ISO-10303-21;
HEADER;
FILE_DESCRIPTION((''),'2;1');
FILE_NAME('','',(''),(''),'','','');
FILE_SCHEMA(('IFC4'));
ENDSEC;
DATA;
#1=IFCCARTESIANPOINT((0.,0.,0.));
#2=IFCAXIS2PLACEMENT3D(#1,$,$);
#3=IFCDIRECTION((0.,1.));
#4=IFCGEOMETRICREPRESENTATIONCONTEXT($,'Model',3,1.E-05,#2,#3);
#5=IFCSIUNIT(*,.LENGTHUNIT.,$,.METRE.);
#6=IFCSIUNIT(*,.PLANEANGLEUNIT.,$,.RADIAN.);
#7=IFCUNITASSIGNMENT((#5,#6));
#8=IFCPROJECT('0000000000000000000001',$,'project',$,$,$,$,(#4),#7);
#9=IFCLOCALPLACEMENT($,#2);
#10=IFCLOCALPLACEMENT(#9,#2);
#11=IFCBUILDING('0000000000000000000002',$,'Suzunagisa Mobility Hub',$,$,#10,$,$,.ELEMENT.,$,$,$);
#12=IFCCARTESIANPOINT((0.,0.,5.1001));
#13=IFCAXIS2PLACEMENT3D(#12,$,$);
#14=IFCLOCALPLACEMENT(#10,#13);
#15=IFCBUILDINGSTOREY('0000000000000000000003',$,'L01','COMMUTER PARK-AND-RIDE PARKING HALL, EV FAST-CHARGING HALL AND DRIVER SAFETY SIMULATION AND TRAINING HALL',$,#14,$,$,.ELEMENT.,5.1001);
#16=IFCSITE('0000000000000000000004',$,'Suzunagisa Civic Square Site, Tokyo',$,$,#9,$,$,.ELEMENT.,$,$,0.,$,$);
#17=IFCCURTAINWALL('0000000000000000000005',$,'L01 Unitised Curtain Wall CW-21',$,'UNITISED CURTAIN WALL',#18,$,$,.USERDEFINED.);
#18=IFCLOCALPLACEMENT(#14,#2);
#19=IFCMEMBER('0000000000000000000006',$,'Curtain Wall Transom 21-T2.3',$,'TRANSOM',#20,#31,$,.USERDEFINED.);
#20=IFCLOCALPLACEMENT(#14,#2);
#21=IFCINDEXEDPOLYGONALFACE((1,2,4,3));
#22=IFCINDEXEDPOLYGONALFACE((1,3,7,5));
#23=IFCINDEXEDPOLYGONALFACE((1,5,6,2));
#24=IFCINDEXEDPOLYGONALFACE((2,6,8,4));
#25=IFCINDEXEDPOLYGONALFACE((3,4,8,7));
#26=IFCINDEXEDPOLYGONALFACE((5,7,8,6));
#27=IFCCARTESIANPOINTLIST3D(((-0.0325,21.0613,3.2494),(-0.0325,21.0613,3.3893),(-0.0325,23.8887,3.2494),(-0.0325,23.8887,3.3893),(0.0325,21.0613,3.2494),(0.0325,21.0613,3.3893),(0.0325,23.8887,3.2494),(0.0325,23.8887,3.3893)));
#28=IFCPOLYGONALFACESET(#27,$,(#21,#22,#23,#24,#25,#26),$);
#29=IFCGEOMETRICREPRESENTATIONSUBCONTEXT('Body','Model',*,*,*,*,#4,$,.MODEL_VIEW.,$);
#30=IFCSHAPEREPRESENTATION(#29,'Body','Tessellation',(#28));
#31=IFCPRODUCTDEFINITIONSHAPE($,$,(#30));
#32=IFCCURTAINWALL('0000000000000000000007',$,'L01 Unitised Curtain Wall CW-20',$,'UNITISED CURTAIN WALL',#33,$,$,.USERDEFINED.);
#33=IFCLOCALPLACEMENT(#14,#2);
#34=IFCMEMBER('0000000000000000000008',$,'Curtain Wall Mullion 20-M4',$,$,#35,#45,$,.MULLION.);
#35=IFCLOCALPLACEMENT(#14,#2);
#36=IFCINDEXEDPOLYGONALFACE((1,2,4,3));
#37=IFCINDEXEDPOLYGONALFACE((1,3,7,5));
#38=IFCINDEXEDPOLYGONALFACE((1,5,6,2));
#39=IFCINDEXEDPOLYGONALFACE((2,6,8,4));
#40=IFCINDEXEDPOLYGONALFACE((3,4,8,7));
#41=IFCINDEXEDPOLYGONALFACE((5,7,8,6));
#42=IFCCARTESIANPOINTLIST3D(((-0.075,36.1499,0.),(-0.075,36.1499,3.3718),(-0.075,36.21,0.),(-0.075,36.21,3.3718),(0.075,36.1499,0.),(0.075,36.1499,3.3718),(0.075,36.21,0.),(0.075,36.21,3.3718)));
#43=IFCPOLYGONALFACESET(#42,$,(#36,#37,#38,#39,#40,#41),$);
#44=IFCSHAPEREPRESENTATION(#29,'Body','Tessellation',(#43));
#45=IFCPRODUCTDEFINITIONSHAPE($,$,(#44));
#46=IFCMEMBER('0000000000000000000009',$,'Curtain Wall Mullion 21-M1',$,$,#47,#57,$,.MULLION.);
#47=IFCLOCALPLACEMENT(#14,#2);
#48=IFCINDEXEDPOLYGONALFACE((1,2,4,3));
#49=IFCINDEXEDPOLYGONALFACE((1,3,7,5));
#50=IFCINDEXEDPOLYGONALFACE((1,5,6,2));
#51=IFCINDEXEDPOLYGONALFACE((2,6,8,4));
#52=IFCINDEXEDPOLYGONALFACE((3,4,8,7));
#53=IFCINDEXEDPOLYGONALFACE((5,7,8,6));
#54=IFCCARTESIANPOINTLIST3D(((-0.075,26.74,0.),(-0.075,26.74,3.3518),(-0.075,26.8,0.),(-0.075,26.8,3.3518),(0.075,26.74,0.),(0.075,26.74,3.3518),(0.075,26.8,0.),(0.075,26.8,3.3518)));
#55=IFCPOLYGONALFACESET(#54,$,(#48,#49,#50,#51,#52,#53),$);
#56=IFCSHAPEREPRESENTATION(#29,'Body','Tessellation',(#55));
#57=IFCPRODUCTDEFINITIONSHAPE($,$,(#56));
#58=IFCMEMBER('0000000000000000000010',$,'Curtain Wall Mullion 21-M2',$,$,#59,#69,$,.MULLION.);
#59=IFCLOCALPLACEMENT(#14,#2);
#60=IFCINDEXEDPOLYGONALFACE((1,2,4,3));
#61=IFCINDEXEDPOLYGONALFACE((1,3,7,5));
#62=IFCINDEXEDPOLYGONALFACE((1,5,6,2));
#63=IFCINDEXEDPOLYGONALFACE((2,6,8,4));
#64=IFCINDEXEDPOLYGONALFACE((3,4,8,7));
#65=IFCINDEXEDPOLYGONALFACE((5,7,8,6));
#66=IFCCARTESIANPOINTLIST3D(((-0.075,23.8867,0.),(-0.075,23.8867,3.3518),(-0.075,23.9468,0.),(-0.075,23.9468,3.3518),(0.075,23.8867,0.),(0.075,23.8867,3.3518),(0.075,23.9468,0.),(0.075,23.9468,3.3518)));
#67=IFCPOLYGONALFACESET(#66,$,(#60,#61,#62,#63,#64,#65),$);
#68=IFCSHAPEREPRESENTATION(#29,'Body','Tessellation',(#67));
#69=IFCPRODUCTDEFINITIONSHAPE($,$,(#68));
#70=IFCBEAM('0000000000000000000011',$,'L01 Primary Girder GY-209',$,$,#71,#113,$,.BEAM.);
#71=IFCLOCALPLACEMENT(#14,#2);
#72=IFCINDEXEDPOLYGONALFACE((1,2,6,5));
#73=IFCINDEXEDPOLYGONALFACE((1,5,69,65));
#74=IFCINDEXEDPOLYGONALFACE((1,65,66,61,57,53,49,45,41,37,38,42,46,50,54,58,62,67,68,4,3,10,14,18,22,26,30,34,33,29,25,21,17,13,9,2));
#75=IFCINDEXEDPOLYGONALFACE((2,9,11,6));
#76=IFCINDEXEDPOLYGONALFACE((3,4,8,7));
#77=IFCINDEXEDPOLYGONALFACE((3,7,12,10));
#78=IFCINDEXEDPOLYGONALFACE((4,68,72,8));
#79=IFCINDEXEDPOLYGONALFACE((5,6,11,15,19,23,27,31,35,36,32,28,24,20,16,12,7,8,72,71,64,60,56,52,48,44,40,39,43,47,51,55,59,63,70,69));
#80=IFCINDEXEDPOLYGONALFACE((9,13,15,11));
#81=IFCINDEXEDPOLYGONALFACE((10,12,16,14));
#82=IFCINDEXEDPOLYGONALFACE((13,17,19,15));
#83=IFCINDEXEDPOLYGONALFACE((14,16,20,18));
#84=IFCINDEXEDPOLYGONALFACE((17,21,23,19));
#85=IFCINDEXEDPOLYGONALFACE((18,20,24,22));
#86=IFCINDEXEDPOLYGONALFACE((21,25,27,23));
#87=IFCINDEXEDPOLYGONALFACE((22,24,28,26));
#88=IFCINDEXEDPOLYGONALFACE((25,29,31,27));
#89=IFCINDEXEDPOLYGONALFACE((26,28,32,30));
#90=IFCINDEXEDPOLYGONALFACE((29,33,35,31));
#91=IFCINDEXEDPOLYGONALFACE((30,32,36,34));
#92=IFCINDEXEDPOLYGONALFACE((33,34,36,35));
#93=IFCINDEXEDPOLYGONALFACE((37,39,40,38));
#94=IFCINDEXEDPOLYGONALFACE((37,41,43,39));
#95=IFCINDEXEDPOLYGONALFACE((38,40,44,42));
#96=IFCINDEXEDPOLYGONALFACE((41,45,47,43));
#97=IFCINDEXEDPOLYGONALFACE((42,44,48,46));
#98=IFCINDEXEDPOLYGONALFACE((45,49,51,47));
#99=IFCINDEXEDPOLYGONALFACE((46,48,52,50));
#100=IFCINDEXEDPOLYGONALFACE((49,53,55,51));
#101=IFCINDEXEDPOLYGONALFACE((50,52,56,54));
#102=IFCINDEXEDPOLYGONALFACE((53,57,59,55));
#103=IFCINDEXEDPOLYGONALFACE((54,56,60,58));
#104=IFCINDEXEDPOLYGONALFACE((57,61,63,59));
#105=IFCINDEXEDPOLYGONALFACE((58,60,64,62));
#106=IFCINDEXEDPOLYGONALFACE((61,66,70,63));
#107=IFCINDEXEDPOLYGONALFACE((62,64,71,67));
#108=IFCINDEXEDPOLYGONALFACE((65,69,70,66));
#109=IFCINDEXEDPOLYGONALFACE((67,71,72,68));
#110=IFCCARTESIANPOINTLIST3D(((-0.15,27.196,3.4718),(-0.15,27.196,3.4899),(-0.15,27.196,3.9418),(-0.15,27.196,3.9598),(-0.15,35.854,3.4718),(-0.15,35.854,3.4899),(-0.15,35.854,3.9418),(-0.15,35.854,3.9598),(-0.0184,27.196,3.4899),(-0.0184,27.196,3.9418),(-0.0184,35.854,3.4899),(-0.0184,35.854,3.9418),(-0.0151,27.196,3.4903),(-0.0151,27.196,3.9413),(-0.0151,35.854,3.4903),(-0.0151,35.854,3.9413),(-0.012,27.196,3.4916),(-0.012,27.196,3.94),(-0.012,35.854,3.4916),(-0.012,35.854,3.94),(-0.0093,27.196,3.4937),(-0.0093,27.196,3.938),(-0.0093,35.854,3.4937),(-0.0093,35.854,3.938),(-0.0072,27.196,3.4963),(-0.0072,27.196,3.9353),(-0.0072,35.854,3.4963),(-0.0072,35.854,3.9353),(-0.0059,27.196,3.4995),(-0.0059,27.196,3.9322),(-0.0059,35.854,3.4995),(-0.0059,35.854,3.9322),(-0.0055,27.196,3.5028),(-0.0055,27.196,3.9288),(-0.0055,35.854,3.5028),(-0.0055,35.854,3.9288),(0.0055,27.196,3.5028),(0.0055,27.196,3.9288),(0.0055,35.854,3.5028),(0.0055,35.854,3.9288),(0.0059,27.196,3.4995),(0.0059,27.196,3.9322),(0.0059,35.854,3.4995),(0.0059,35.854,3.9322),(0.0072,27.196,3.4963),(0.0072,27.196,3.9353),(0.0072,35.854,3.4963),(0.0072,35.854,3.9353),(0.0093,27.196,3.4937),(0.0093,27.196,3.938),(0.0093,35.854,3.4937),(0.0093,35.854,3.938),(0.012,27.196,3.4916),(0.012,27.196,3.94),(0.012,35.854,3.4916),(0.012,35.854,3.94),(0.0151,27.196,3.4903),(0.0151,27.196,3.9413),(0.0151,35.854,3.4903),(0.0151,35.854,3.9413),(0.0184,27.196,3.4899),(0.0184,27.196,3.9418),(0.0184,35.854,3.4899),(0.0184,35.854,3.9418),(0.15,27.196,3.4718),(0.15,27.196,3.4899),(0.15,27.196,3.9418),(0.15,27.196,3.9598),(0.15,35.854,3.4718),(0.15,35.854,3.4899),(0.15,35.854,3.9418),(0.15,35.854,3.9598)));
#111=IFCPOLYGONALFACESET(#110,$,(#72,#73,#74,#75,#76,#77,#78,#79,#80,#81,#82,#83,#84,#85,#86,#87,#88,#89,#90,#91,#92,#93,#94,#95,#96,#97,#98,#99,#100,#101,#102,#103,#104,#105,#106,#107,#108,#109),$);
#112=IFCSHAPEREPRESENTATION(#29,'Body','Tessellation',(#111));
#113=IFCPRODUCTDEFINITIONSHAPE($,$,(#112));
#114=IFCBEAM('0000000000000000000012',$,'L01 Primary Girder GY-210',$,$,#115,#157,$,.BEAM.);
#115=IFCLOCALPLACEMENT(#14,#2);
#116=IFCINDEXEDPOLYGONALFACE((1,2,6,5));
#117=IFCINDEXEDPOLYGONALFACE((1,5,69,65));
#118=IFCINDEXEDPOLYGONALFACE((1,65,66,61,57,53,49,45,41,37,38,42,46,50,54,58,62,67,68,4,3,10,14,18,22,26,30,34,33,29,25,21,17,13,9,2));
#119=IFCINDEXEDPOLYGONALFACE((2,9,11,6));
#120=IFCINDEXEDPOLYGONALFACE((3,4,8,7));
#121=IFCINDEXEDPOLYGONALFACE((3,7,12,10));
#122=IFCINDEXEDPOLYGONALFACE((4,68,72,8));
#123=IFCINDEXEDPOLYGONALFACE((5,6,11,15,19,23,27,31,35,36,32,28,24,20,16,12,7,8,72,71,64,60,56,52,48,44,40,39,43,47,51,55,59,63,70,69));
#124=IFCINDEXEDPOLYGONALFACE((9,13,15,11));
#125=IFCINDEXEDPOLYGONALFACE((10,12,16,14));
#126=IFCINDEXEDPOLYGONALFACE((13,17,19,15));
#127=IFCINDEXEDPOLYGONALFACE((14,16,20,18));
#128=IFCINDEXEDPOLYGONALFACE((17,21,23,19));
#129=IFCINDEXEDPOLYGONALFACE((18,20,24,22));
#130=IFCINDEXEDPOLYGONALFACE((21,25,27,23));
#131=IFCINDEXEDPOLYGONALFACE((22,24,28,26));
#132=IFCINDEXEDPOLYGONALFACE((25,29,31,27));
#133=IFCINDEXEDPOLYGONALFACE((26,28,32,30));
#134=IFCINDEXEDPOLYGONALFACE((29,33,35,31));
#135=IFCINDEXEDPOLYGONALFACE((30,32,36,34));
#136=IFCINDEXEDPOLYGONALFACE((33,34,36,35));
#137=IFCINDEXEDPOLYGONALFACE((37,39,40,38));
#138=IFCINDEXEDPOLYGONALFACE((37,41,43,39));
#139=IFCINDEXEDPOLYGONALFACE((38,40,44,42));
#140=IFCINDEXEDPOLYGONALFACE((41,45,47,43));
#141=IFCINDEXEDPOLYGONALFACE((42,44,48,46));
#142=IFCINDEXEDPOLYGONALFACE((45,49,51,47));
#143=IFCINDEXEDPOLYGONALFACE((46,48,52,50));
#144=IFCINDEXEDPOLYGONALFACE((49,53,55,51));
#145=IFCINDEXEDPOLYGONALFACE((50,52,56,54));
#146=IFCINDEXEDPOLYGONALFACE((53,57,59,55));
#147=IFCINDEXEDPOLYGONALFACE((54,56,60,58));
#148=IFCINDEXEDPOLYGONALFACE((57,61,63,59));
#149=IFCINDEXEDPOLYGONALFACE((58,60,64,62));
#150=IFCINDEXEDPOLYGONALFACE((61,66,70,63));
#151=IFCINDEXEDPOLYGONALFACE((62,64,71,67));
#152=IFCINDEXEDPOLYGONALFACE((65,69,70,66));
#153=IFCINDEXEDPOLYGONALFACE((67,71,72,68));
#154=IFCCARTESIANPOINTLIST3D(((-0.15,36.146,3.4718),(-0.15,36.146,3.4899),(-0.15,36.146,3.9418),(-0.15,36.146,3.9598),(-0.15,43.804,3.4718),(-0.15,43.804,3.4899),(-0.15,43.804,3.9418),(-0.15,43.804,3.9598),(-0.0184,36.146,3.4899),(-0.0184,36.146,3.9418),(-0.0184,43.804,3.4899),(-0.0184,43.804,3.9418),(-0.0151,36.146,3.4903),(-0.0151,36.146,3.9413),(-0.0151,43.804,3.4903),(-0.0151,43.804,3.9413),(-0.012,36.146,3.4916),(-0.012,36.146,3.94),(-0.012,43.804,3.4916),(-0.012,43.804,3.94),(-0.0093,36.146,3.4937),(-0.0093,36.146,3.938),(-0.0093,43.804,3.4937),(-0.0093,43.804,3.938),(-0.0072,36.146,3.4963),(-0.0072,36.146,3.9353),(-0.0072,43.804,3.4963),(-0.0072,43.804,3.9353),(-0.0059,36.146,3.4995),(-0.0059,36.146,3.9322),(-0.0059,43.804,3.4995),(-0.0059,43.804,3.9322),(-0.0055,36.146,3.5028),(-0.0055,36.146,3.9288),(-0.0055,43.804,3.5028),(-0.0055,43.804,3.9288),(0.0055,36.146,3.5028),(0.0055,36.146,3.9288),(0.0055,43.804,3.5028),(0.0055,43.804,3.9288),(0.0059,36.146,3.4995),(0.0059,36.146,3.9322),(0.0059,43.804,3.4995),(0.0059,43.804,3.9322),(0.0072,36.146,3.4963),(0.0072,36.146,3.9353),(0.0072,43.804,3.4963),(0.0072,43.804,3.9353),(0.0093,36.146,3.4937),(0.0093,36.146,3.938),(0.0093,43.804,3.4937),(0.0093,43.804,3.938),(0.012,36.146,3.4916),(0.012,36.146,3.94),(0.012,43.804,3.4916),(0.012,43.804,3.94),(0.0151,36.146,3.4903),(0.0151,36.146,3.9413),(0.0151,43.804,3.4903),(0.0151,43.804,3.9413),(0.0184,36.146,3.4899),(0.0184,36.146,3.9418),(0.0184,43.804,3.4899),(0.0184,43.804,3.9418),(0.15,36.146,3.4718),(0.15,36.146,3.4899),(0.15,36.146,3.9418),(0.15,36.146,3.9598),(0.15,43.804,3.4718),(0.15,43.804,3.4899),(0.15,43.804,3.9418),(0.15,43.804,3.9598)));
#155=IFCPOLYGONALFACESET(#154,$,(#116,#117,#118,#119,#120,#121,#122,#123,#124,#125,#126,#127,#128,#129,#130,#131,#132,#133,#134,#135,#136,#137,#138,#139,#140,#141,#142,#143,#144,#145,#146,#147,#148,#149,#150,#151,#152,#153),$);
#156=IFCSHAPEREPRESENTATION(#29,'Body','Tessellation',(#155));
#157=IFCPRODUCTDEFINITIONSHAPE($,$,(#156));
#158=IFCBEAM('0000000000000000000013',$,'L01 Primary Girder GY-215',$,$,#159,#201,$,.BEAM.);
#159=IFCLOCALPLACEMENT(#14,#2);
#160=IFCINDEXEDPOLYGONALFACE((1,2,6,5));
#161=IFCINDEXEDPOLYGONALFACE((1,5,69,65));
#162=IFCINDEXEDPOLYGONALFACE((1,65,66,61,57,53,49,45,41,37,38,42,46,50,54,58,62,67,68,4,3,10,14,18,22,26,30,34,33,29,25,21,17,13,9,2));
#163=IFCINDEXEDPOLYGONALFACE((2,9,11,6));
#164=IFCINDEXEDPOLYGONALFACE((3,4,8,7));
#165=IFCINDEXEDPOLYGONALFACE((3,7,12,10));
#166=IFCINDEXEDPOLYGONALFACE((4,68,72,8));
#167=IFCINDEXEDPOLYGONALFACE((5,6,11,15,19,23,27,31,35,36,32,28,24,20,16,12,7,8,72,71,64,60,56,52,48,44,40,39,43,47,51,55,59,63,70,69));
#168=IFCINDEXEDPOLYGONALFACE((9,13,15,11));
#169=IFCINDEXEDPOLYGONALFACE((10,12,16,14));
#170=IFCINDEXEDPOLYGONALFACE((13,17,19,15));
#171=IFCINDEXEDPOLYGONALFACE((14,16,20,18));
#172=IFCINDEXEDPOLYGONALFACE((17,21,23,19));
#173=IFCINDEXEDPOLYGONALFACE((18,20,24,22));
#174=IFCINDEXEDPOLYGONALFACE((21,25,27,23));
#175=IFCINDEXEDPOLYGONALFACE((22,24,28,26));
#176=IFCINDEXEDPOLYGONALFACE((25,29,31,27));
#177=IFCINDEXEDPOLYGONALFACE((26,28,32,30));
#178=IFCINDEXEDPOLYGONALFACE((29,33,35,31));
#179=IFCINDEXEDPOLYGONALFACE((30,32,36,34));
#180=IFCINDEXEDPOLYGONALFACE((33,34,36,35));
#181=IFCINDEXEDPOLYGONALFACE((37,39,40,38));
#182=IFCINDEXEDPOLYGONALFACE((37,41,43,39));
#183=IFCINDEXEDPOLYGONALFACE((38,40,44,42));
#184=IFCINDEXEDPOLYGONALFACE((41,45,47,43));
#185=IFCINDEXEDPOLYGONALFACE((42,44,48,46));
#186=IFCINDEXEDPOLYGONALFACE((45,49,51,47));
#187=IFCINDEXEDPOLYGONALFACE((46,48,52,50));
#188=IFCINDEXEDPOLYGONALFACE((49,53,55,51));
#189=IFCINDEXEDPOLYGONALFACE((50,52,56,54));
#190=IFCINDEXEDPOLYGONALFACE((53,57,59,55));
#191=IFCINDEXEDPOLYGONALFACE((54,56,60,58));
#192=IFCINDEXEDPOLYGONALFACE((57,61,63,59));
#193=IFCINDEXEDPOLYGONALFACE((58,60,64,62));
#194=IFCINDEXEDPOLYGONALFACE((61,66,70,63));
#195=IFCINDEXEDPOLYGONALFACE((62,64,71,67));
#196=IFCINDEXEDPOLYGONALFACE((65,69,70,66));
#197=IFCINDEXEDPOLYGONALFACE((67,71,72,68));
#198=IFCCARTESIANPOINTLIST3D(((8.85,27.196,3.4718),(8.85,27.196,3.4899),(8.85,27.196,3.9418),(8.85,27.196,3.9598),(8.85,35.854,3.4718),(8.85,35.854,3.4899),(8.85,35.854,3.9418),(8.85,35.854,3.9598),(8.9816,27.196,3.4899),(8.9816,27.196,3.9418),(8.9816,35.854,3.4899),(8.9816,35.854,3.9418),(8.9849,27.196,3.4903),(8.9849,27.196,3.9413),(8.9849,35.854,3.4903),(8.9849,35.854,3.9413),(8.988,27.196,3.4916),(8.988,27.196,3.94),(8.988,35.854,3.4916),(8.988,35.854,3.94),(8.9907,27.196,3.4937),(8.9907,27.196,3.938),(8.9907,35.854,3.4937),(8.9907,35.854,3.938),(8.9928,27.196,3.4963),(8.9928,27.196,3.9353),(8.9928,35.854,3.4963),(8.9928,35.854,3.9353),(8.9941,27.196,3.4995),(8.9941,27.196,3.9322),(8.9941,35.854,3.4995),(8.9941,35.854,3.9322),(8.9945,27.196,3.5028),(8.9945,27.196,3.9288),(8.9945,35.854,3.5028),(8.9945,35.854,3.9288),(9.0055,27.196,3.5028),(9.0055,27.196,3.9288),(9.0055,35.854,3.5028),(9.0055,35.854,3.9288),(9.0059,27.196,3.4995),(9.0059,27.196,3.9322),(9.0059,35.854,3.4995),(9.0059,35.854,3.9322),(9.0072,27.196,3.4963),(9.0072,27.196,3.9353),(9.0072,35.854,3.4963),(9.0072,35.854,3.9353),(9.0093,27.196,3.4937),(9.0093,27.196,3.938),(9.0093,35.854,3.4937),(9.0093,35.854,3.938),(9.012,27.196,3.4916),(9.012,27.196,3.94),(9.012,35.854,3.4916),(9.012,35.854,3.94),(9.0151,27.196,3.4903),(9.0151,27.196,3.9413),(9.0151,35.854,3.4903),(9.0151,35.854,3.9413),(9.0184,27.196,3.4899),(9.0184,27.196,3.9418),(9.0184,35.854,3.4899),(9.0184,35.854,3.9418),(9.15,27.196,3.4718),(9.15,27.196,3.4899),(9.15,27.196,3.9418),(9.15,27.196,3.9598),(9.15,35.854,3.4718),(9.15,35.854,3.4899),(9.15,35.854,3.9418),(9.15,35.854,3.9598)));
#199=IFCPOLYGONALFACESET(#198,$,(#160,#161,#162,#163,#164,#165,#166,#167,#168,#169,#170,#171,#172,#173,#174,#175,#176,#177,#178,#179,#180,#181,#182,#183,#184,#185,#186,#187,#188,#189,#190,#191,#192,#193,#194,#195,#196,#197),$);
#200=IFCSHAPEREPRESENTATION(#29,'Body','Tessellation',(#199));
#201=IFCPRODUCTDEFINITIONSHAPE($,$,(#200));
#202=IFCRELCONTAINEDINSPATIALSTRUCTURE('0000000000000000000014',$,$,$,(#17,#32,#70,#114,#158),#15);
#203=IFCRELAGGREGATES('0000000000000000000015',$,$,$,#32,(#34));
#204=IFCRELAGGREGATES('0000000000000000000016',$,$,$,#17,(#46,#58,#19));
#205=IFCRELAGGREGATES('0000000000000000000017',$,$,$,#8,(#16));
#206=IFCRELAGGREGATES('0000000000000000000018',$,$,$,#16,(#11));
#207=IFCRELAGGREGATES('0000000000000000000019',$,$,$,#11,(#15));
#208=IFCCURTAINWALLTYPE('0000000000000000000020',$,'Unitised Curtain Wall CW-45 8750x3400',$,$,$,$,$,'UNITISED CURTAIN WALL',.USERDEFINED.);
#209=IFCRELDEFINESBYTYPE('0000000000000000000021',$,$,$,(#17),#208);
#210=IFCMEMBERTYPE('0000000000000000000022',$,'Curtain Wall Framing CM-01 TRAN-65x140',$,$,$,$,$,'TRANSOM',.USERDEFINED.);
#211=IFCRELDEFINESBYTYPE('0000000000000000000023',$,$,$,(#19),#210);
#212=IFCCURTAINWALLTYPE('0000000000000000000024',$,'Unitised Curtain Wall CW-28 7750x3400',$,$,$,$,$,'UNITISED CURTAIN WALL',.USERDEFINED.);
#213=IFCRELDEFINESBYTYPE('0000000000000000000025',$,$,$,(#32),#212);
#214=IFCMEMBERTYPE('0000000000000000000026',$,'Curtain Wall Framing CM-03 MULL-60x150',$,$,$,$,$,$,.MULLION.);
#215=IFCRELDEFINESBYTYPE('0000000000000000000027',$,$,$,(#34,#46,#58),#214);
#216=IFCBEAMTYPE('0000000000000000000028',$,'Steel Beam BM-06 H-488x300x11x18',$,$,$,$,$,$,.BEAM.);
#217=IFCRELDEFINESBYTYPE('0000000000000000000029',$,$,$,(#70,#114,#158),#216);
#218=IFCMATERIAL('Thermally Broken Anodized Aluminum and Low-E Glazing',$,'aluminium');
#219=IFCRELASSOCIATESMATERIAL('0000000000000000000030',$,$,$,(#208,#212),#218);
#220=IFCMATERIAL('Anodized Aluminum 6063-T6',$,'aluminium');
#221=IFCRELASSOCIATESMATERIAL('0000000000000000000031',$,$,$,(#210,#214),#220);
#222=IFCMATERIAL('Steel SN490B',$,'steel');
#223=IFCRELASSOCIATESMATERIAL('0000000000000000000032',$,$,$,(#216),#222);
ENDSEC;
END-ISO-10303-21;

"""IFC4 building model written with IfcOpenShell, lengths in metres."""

from ifc_helpers import new_model, si_unit, direction, frame, origin, origin_2d, place, context, subcontext, project, spatial, rectangle, i_section, extrude, material, material_profile, profile_set, type_object, element, aggregate, save


model = new_model("IFC4")

# Units and contexts
model_context = context("Model", 3, precision=1e-05, world=origin(), true_north=direction((0.0, 1.0)))
body_context = subcontext(model_context, "Body", "Model", "MODEL_VIEW")
ifc_project = project(units=[si_unit("LENGTHUNIT", "METRE"), si_unit("PLANEANGLEUNIT", "RADIAN")], contexts=[model_context])

# Site, building, storey
site_placement = place(None, origin())
site = spatial("IfcSite", under=ifc_project, at=site_placement, Name="Suzunagisa Civic Square Site, Tokyo", CompositionType="ELEMENT", RefElevation=0.0)
building_placement = place(site_placement, origin())
building = spatial("IfcBuilding", under=site, at=building_placement, Name="Suzunagisa Mobility Hub", CompositionType="ELEMENT")
storey_placement = place(building_placement, frame((0.0, 0.0, 5.1001)))
storey = spatial("IfcBuildingStorey", under=building, at=storey_placement, Name="L01", Description="COMMUTER PARK-AND-RIDE PARKING HALL, EV FAST-CHARGING HALL AND DRIVER SAFETY SIMULATION AND TRAINING HALL", CompositionType="ELEMENT", Elevation=5.1001)

# Shared definitions
ifc_material_1 = material(Name="Steel SN490B", Category="steel")

# Curtain wall, member
ifc_material_2 = material(Name="Thermally Broken Anodized Aluminum and Low-E Glazing", Category="aluminium")
curtain_wall_type_1 = type_object("IfcCurtainWallType", Name="Unitised Curtain Wall CW-45 8750x3400", ElementType="UNITISED CURTAIN WALL", PredefinedType="USERDEFINED", material=ifc_material_2)
curtain_wall_1_placement = place(storey_placement, origin())
curtain_wall_1 = element("IfcCurtainWall", 1, at=curtain_wall_1_placement, inside=storey, type_object=curtain_wall_type_1, Name="L01 Unitised Curtain Wall CW-21", ObjectType="UNITISED CURTAIN WALL", PredefinedType="USERDEFINED")
ifc_material_3 = material(Name="Anodized Aluminum 6063-T6", Category="aluminium")
ifc_material_profile_1 = material_profile(ifc_material_3, rectangle(XDim=0.0649, YDim=0.1399, at=origin_2d()), Name="TRAN-65x140")
ifc_profile_set_1 = profile_set([ifc_material_profile_1], Name="Anodized Aluminum 6063-T6")
member_type_1 = type_object("IfcMemberType", Name="Curtain Wall Framing CM-01 TRAN-65x140", ElementType="TRANSOM", PredefinedType="USERDEFINED", material=ifc_profile_set_1)
member_1_placement = place(storey_placement, frame((0.0, 23.8887, 3.3193), z_axis=(0.0, -1.0, 0.0), x_axis=(1.0, 0.0, 0.0)))
member_1 = element("IfcMember", 2, at=member_1_placement, type_object=member_type_1, Name="Curtain Wall Transom 21-T2.3", ObjectType="TRANSOM", PredefinedType="USERDEFINED", context=body_context, shape_type="SweptSolid", body=[
    extrude(rectangle(XDim=0.0649, YDim=0.1399, at=origin_2d()), origin(), (0.0, 0.0, 1.0), 2.8274),
])

# Curtain wall, member
curtain_wall_type_2 = type_object("IfcCurtainWallType", Name="Unitised Curtain Wall CW-28 7750x3400", ElementType="UNITISED CURTAIN WALL", PredefinedType="USERDEFINED", material=ifc_material_2)
curtain_wall_2_placement = place(storey_placement, origin())
curtain_wall_2 = element("IfcCurtainWall", 3, at=curtain_wall_2_placement, inside=storey, type_object=curtain_wall_type_2, Name="L01 Unitised Curtain Wall CW-20", ObjectType="UNITISED CURTAIN WALL", PredefinedType="USERDEFINED")
ifc_material_profile_2 = material_profile(ifc_material_3, rectangle(XDim=0.0601, YDim=0.1499, at=origin_2d()), Name="MULL-60x150")
ifc_profile_set_2 = profile_set([ifc_material_profile_2], Name="Anodized Aluminum 6063-T6")
member_type_2 = type_object("IfcMemberType", Name="Curtain Wall Framing CM-03 MULL-60x150", PredefinedType="MULLION", material=ifc_profile_set_2)
member_2_placement = place(storey_placement, frame((0.0, 36.1799, 0.0), z_axis=(0.0, 0.0, 1.0), x_axis=(0.0, -1.0, 0.0)))
member_2 = element("IfcMember", 4, at=member_2_placement, type_object=member_type_2, Name="Curtain Wall Mullion 20-M4", PredefinedType="MULLION", context=body_context, shape_type="SweptSolid", body=[
    extrude(rectangle(XDim=0.0601, YDim=0.1499, at=origin_2d()), origin(), (0.0, 0.0, 1.0), 3.3718),
])

# Members
member_3_placement = place(storey_placement, frame((0.0, 26.77, 0.0), z_axis=(0.0, 0.0, 1.0), x_axis=(0.0, -1.0, 0.0)))
member_3 = element("IfcMember", 5, at=member_3_placement, type_object=member_type_2, Name="Curtain Wall Mullion 21-M1", PredefinedType="MULLION", context=body_context, shape_type="SweptSolid", body=[
    extrude(rectangle(XDim=0.0601, YDim=0.1499, at=origin_2d()), origin(), (0.0, 0.0, 1.0), 3.3518),
])
member_4_placement = place(storey_placement, frame((0.0, 23.9167, 0.0), z_axis=(0.0, 0.0, 1.0), x_axis=(0.0, -1.0, 0.0)))
member_4 = element("IfcMember", 6, at=member_4_placement, type_object=member_type_2, Name="Curtain Wall Mullion 21-M2", PredefinedType="MULLION", context=body_context, shape_type="SweptSolid", body=[
    extrude(rectangle(XDim=0.0601, YDim=0.1499, at=origin_2d()), origin(), (0.0, 0.0, 1.0), 3.3518),
])

# Beams
ifc_material_profile_3 = material_profile(ifc_material_1, i_section(OverallWidth=0.3, OverallDepth=0.488, WebThickness=0.011, FlangeThickness=0.0181, FilletRadius=0.0129, at=origin_2d()), Name="H-488x300x11x18")
ifc_profile_set_3 = profile_set([ifc_material_profile_3], Name="Steel SN490B")
beam_type_1 = type_object("IfcBeamType", Name="Steel Beam BM-06 H-488x300x11x18", PredefinedType="BEAM", material=ifc_profile_set_3)
beam_1_placement = place(storey_placement, frame((0.0, 27.196, 3.7158), z_axis=(0.0, 1.0, 0.0), x_axis=(-1.0, 0.0, 0.0)))
element("IfcBeam", 7, at=beam_1_placement, inside=storey, type_object=beam_type_1, Name="L01 Primary Girder GY-209", PredefinedType="BEAM", context=body_context, shape_type="SweptSolid", body=[
    extrude(i_section(OverallWidth=0.3, OverallDepth=0.488, WebThickness=0.011, FlangeThickness=0.0181, FilletRadius=0.0129, at=origin_2d()), origin(), (0.0, 0.0, 1.0), 8.658),
])
beam_2_placement = place(storey_placement, frame((0.0, 36.146, 3.7158), z_axis=(0.0, 1.0, 0.0), x_axis=(-1.0, 0.0, 0.0)))
element("IfcBeam", 8, at=beam_2_placement, inside=storey, type_object=beam_type_1, Name="L01 Primary Girder GY-210", PredefinedType="BEAM", context=body_context, shape_type="SweptSolid", body=[
    extrude(i_section(OverallWidth=0.3, OverallDepth=0.488, WebThickness=0.011, FlangeThickness=0.0181, FilletRadius=0.0129, at=origin_2d()), origin(), (0.0, 0.0, 1.0), 7.658),
])
beam_3_placement = place(storey_placement, frame((9.0, 27.196, 3.7158), z_axis=(0.0, 1.0, 0.0), x_axis=(-1.0, 0.0, 0.0)))
element("IfcBeam", 9, at=beam_3_placement, inside=storey, type_object=beam_type_1, Name="L01 Primary Girder GY-215", PredefinedType="BEAM", context=body_context, shape_type="SweptSolid", body=[
    extrude(i_section(OverallWidth=0.3, OverallDepth=0.488, WebThickness=0.011, FlangeThickness=0.0181, FilletRadius=0.0129, at=origin_2d()), origin(), (0.0, 0.0, 1.0), 8.658),
])

aggregate(curtain_wall_2, [member_2])
aggregate(curtain_wall_1, [member_3, member_4, member_1])

save(model, "model.ifc")
